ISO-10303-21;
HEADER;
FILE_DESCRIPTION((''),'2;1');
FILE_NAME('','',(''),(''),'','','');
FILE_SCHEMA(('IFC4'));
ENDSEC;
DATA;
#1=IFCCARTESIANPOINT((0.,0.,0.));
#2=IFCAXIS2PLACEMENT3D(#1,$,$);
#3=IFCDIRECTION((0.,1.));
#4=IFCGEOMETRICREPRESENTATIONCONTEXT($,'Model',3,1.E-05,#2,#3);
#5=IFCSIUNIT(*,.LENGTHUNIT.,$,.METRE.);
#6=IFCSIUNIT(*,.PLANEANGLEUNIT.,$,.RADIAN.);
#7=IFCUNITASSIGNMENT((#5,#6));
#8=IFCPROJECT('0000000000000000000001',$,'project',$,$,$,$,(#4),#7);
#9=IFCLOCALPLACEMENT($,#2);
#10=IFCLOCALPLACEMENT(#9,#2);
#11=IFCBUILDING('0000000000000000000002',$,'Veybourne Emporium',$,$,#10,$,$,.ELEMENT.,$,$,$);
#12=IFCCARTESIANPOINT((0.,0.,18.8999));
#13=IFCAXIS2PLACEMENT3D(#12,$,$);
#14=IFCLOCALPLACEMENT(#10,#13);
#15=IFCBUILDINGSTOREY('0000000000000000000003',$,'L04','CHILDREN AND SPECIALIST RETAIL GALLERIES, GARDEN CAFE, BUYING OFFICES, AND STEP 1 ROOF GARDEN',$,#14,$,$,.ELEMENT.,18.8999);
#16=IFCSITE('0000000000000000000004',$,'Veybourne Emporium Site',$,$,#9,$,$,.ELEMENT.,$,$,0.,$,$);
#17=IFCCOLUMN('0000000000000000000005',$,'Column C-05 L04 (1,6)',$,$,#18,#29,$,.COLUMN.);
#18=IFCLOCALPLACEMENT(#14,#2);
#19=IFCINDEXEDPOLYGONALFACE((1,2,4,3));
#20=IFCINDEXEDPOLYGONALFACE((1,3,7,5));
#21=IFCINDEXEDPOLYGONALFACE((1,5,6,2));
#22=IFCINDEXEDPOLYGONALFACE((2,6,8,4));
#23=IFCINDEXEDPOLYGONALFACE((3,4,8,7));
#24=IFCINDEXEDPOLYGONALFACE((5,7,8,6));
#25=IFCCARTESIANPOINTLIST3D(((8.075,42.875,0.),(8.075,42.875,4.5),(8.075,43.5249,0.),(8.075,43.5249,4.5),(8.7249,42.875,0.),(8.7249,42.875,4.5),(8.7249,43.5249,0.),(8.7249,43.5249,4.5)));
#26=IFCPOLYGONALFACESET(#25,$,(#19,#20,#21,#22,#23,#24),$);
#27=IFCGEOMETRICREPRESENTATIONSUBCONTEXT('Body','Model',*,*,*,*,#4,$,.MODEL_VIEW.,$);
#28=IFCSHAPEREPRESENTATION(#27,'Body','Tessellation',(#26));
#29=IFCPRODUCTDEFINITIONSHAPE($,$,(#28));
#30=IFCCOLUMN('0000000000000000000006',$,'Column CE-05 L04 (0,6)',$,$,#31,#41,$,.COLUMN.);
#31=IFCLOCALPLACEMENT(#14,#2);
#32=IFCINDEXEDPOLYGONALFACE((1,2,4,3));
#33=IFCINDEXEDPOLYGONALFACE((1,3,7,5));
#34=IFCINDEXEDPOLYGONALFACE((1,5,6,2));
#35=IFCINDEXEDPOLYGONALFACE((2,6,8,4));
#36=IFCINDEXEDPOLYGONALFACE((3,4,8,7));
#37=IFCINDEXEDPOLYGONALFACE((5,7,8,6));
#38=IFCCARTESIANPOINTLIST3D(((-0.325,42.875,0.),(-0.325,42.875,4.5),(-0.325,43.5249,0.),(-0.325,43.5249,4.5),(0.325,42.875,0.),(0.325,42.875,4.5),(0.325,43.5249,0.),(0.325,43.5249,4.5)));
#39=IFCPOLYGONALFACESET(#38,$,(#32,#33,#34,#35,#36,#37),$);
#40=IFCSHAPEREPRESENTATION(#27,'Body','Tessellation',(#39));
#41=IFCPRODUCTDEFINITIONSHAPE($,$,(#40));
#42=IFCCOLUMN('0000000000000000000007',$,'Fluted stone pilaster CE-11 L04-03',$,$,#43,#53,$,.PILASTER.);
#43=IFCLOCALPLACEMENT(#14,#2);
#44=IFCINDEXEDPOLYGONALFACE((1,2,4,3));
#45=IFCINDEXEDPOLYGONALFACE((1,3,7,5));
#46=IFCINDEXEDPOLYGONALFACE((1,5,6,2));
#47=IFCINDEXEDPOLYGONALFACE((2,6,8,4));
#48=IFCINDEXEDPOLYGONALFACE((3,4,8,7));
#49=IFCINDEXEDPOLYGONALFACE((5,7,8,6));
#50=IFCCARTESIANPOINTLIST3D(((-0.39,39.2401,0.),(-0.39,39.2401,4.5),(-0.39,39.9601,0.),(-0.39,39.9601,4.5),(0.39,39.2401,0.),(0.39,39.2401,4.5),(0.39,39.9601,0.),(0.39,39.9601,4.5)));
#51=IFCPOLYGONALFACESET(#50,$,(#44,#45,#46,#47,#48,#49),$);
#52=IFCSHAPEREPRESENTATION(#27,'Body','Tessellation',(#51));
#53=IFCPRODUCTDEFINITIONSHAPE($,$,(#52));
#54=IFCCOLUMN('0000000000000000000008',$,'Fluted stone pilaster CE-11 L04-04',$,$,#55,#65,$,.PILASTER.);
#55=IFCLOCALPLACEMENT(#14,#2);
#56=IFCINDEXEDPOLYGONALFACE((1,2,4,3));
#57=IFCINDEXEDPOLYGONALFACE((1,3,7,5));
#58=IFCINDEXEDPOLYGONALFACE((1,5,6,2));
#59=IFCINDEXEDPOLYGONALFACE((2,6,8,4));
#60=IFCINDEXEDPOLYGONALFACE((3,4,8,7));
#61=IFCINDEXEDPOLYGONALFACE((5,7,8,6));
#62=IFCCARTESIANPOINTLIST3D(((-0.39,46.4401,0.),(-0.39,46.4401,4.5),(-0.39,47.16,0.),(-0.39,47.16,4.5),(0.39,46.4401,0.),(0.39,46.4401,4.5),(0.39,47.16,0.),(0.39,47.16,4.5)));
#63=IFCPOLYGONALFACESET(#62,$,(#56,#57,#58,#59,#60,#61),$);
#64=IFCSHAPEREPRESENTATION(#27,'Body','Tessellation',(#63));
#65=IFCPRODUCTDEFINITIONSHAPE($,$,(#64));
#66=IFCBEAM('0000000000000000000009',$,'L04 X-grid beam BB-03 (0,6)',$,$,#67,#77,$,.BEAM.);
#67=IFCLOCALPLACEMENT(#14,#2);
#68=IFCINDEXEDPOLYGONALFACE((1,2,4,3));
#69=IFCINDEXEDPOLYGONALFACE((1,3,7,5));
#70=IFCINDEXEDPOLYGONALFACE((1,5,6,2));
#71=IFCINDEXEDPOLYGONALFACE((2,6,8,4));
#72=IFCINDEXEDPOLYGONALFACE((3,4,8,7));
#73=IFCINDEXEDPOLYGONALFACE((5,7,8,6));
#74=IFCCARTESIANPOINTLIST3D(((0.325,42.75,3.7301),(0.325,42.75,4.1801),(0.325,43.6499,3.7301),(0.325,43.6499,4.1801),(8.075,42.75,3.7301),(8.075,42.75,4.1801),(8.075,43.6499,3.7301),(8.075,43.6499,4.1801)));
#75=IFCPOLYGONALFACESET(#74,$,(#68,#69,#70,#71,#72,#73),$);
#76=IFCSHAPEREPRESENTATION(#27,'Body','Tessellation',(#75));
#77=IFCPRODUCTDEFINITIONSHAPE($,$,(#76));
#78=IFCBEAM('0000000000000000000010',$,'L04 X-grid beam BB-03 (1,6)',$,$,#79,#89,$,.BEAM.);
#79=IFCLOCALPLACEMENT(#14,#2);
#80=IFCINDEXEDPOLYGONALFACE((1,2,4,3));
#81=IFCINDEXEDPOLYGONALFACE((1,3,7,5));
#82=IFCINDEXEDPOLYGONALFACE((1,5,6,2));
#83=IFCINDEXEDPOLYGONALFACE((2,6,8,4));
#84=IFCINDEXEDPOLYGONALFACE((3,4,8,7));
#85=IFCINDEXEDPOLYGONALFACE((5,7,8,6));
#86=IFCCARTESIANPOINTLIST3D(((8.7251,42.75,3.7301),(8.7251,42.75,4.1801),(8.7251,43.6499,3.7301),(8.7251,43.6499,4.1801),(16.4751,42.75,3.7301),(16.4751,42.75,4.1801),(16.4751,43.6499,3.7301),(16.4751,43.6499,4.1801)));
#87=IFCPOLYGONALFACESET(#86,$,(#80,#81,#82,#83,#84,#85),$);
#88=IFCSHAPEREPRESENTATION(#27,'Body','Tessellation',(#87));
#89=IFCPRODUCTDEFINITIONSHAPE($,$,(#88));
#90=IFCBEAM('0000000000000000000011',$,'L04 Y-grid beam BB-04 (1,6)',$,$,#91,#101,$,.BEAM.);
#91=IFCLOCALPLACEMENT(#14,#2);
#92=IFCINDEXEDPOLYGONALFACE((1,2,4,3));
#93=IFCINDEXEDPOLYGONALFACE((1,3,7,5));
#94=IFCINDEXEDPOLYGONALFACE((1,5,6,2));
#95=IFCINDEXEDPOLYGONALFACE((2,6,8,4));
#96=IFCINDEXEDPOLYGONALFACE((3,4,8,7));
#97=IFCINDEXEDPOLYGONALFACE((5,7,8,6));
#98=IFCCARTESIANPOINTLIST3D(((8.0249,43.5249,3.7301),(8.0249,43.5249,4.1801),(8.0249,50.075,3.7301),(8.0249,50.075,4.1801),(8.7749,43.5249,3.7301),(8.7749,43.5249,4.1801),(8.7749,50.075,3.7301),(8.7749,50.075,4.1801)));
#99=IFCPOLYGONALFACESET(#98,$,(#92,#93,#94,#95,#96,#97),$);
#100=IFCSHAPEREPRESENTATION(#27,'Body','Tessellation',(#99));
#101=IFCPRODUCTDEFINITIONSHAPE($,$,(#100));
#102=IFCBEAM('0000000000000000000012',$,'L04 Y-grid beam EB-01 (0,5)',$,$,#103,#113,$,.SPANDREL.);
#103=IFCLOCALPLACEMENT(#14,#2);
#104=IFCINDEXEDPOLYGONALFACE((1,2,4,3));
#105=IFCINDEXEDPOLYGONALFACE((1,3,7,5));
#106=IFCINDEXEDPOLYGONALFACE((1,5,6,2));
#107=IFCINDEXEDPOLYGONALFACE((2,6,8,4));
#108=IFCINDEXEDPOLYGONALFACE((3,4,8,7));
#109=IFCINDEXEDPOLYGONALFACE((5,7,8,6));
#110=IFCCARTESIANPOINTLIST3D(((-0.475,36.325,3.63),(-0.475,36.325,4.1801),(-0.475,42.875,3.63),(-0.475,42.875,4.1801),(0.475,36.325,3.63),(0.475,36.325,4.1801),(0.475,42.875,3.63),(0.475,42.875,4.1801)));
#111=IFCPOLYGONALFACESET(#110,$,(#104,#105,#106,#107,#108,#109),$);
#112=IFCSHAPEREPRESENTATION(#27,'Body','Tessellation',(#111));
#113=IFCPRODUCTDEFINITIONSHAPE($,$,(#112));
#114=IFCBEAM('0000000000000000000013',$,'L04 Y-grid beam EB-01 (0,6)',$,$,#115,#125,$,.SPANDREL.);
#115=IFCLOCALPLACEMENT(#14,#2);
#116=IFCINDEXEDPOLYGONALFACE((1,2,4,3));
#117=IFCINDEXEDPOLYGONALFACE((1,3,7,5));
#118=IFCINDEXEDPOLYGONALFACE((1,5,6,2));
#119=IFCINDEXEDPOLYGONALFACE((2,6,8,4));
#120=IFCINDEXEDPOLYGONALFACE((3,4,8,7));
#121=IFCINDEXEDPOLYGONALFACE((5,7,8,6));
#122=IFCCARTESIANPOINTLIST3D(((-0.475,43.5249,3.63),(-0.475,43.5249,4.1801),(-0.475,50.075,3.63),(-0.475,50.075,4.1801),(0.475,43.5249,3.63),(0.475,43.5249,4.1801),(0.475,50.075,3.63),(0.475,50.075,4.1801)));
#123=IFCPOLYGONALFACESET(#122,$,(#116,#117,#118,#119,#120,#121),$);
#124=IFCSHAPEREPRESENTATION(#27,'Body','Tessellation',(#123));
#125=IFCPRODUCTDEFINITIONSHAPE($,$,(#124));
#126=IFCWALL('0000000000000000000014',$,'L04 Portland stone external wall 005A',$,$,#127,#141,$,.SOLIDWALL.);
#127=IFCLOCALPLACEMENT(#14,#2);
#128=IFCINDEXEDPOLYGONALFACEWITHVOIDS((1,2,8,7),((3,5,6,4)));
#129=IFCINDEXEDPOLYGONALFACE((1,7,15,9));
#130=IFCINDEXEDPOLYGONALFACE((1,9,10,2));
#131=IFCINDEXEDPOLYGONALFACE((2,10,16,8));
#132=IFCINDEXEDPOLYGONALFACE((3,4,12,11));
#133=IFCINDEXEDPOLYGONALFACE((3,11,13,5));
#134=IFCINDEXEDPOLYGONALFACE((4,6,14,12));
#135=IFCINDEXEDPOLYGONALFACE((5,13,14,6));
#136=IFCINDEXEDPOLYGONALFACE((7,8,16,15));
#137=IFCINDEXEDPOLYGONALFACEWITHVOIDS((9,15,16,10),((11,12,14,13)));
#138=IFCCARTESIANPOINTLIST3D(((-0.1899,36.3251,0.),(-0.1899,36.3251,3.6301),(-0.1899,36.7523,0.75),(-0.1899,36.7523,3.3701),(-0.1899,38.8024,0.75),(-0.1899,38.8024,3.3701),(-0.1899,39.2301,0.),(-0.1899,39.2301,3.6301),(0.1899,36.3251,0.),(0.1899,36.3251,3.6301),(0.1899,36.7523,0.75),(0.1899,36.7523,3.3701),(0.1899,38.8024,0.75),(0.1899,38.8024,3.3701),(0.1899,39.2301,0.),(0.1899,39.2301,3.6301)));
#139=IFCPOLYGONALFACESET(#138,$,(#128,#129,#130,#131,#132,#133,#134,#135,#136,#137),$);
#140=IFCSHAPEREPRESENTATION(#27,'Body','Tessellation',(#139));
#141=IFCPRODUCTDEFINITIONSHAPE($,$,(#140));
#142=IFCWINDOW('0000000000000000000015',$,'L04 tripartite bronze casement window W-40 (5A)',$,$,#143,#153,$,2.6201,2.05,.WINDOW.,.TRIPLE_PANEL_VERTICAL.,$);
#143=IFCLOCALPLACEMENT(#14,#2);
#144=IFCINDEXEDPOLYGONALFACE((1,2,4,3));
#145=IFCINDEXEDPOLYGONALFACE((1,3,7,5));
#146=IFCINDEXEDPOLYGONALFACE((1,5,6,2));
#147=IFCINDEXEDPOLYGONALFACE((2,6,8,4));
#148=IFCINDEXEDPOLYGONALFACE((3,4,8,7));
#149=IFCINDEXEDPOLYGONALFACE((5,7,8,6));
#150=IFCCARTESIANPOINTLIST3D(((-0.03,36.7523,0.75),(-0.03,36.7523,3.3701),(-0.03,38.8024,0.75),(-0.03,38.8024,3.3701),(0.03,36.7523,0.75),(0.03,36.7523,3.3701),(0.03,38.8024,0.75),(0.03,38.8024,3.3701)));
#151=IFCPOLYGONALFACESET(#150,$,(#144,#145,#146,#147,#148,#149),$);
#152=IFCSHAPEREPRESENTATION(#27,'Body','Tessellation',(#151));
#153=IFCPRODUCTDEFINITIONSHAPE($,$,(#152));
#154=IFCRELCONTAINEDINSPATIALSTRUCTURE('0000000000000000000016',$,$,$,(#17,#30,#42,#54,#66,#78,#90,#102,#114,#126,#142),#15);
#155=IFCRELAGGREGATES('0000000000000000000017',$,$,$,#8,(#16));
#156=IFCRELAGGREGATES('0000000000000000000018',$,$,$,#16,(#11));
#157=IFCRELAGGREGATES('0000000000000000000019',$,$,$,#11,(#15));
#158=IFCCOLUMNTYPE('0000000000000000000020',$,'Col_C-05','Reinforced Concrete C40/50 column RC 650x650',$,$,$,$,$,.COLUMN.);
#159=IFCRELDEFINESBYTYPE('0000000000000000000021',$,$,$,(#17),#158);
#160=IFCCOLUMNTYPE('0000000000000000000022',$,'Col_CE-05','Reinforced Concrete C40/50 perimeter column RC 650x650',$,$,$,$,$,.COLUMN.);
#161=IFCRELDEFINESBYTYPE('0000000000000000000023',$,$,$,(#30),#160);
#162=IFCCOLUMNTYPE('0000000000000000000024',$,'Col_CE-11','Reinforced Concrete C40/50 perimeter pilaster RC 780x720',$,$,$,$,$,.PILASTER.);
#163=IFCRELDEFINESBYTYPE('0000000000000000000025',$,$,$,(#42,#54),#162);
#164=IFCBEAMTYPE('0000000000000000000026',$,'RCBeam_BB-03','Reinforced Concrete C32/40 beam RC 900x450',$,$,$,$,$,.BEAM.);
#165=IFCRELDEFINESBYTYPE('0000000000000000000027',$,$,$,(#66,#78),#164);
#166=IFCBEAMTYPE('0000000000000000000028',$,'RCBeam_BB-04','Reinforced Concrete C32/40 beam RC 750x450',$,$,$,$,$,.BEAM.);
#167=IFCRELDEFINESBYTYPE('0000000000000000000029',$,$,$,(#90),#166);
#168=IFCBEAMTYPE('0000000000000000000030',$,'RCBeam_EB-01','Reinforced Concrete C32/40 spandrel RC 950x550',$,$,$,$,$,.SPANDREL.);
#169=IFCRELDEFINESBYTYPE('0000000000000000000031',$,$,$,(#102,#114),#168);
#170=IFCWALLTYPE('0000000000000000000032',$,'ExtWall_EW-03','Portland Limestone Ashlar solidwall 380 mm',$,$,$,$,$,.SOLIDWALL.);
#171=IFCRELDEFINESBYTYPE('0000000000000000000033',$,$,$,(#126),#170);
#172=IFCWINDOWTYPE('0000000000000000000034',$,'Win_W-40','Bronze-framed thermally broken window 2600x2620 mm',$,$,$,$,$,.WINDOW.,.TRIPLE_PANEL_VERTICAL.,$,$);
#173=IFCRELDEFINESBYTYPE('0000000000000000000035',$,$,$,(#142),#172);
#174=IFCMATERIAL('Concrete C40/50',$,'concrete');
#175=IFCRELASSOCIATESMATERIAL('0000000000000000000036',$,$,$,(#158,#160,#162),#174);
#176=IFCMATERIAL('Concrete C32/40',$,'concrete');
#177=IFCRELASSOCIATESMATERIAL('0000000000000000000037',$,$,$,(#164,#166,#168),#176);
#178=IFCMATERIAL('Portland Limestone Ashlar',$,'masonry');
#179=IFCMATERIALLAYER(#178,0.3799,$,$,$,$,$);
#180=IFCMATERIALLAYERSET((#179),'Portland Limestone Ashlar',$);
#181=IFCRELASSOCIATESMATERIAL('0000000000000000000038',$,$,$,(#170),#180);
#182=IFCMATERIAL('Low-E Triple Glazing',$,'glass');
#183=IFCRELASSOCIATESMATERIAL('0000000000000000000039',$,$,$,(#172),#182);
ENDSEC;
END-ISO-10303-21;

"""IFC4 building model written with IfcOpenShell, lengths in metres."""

from ifc_helpers import new_model, si_unit, direction, frame, frame_2d, origin, origin_2d, place, context, subcontext, project, spatial, rectangle, extrude, material, layer, layer_set, material_profile, profile_set, type_object, element, fill, save


model = new_model("IFC4")

# Units and contexts
model_context = context("Model", 3, precision=1e-05, world=origin(), true_north=direction((0.0, 1.0)))
body_context = subcontext(model_context, "Body", "Model", "MODEL_VIEW")
ifc_project = project(units=[si_unit("LENGTHUNIT", "METRE"), si_unit("PLANEANGLEUNIT", "RADIAN")], contexts=[model_context])

# Site, building, storey
site_placement = place(None, origin())
site = spatial("IfcSite", under=ifc_project, at=site_placement, Name="Veybourne Emporium Site", CompositionType="ELEMENT", RefElevation=0.0)
building_placement = place(site_placement, origin())
building = spatial("IfcBuilding", under=site, at=building_placement, Name="Veybourne Emporium", CompositionType="ELEMENT")
storey_placement = place(building_placement, frame((0.0, 0.0, 18.8999)))
storey = spatial("IfcBuildingStorey", under=building, at=storey_placement, Name="L04", Description="CHILDREN AND SPECIALIST RETAIL GALLERIES, GARDEN CAFE, BUYING OFFICES, AND STEP 1 ROOF GARDEN", CompositionType="ELEMENT", Elevation=18.8999)

# Columns
ifc_material_1 = material(Name="Concrete C40/50", Category="concrete")
ifc_material_profile_1 = material_profile(ifc_material_1, rectangle(XDim=0.6499, YDim=0.6499, at=origin_2d()), Name="RC 650x650")
ifc_profile_set_1 = profile_set([ifc_material_profile_1], Name="Concrete C40/50")
column_type_1 = type_object("IfcColumnType", Name="Col_C-05", Description="Reinforced Concrete C40/50 column RC 650x650", PredefinedType="COLUMN", material=ifc_profile_set_1)
column_1_placement = place(storey_placement, frame((8.3999, 43.2, 0.0), z_axis=(0.0, 0.0, 1.0), x_axis=(1.0, 0.0, 0.0)))
element("IfcColumn", 1, at=column_1_placement, inside=storey, type_object=column_type_1, Name="Column C-05 L04 (1,6)", PredefinedType="COLUMN", context=body_context, shape_type="SweptSolid", body=[
    extrude(rectangle(XDim=0.6499, YDim=0.6499, at=origin_2d()), origin(), (0.0, 0.0, 1.0), 4.5),
])
ifc_material_profile_2 = material_profile(ifc_material_1, rectangle(XDim=0.6499, YDim=0.6499, at=origin_2d()), Name="RC 650x650")
ifc_profile_set_2 = profile_set([ifc_material_profile_2], Name="Concrete C40/50")
column_type_2 = type_object("IfcColumnType", Name="Col_CE-05", Description="Reinforced Concrete C40/50 perimeter column RC 650x650", PredefinedType="COLUMN", material=ifc_profile_set_2)
column_2_placement = place(storey_placement, frame((0.0, 43.2, 0.0), z_axis=(0.0, 0.0, 1.0), x_axis=(1.0, 0.0, 0.0)))
element("IfcColumn", 2, at=column_2_placement, inside=storey, type_object=column_type_2, Name="Column CE-05 L04 (0,6)", PredefinedType="COLUMN", context=body_context, shape_type="SweptSolid", body=[
    extrude(rectangle(XDim=0.6499, YDim=0.6499, at=origin_2d()), origin(), (0.0, 0.0, 1.0), 4.5),
])
ifc_material_profile_3 = material_profile(ifc_material_1, rectangle(XDim=0.78, YDim=0.72, at=origin_2d()), Name="RC 780x720")
ifc_profile_set_3 = profile_set([ifc_material_profile_3], Name="Concrete C40/50")
column_type_3 = type_object("IfcColumnType", Name="Col_CE-11", Description="Reinforced Concrete C40/50 perimeter pilaster RC 780x720", PredefinedType="PILASTER", material=ifc_profile_set_3)
for number, where, z_axis, x_axis, name in (
    (3, (0.0, 39.6001, 0.0), (0.0, 0.0, 1.0), (1.0, 0.0, 0.0), "Fluted stone pilaster CE-11 L04-03"),
    (4, (0.0, 46.8, 0.0), (0.0, 0.0, 1.0), (1.0, 0.0, 0.0), "Fluted stone pilaster CE-11 L04-04"),
):
    element("IfcColumn", number, at=place(storey_placement, frame(where, z_axis=z_axis, x_axis=x_axis)), inside=storey, type_object=column_type_3, Name=name, PredefinedType="PILASTER", context=body_context, shape_type="SweptSolid", body=[
        extrude(rectangle(XDim=0.78, YDim=0.72, at=origin_2d()), origin(), (0.0, 0.0, 1.0), 4.5),
    ])

# Beams
ifc_material_2 = material(Name="Concrete C32/40", Category="concrete")
ifc_material_profile_4 = material_profile(ifc_material_2, rectangle(XDim=0.8999, YDim=0.45, at=origin_2d()), Name="RC 900x450")
ifc_profile_set_4 = profile_set([ifc_material_profile_4], Name="Concrete C32/40")
beam_type_1 = type_object("IfcBeamType", Name="RCBeam_BB-03", Description="Reinforced Concrete C32/40 beam RC 900x450", PredefinedType="BEAM", material=ifc_profile_set_4)
for number, where, z_axis, x_axis, name in (
    (5, (0.325, 43.2, 3.9551), (1.0, 0.0, 0.0), (0.0, 1.0, 0.0), "L04 X-grid beam BB-03 (0,6)"),
    (6, (8.7251, 43.2, 3.9551), (1.0, 0.0, 0.0), (0.0, 1.0, 0.0), "L04 X-grid beam BB-03 (1,6)"),
):
    element("IfcBeam", number, at=place(storey_placement, frame(where, z_axis=z_axis, x_axis=x_axis)), inside=storey, type_object=beam_type_1, Name=name, PredefinedType="BEAM", context=body_context, shape_type="SweptSolid", body=[
        extrude(rectangle(XDim=0.8999, YDim=0.45, at=origin_2d()), origin(), (0.0, 0.0, 1.0), 7.75),
    ])
ifc_material_profile_5 = material_profile(ifc_material_2, rectangle(XDim=0.75, YDim=0.45, at=origin_2d()), Name="RC 750x450")
ifc_profile_set_5 = profile_set([ifc_material_profile_5], Name="Concrete C32/40")
beam_type_2 = type_object("IfcBeamType", Name="RCBeam_BB-04", Description="Reinforced Concrete C32/40 beam RC 750x450", PredefinedType="BEAM", material=ifc_profile_set_5)
beam_placement = place(storey_placement, frame((8.3999, 43.5249, 3.9551), z_axis=(0.0, 1.0, 0.0), x_axis=(-1.0, 0.0, 0.0)))
element("IfcBeam", 7, at=beam_placement, inside=storey, type_object=beam_type_2, Name="L04 Y-grid beam BB-04 (1,6)", PredefinedType="BEAM", context=body_context, shape_type="SweptSolid", body=[
    extrude(rectangle(XDim=0.75, YDim=0.45, at=origin_2d()), origin(), (0.0, 0.0, 1.0), 6.55),
])
ifc_material_profile_6 = material_profile(ifc_material_2, rectangle(XDim=0.95, YDim=0.55, at=origin_2d()), Name="RC 950x550")
ifc_profile_set_6 = profile_set([ifc_material_profile_6], Name="Concrete C32/40")
beam_type_3 = type_object("IfcBeamType", Name="RCBeam_EB-01", Description="Reinforced Concrete C32/40 spandrel RC 950x550", PredefinedType="SPANDREL", material=ifc_profile_set_6)
for number, where, z_axis, x_axis, name in (
    (8, (0.0, 36.325, 3.905), (0.0, 1.0, 0.0), (-1.0, 0.0, 0.0), "L04 Y-grid beam EB-01 (0,5)"),
    (9, (0.0, 43.5249, 3.905), (0.0, 1.0, 0.0), (-1.0, 0.0, 0.0), "L04 Y-grid beam EB-01 (0,6)"),
):
    element("IfcBeam", number, at=place(storey_placement, frame(where, z_axis=z_axis, x_axis=x_axis)), inside=storey, type_object=beam_type_3, Name=name, PredefinedType="SPANDREL", context=body_context, shape_type="SweptSolid", body=[
        extrude(rectangle(XDim=0.95, YDim=0.55, at=origin_2d()), origin(), (0.0, 0.0, 1.0), 6.55),
    ])

# Wall, opening, window
ifc_material_3 = material(Name="Portland Limestone Ashlar", Category="masonry")
ifc_layer_1 = layer(ifc_material_3, 0.3799)
ifc_layer_set_1 = layer_set([ifc_layer_1], Name="Portland Limestone Ashlar")
wall_type_1 = type_object("IfcWallType", Name="ExtWall_EW-03", Description="Portland Limestone Ashlar solidwall 380 mm", PredefinedType="SOLIDWALL", material=ifc_layer_set_1)
wall_1_placement = place(storey_placement, frame((0.0, 36.325, 0.0), z_axis=(0.0, 0.0, 1.0), x_axis=(0.0, 1.0, 0.0)))
wall_1 = element("IfcWall", 10, at=wall_1_placement, inside=storey, type_object=wall_type_1, Name="L04 Portland stone external wall 005A", PredefinedType="SOLIDWALL", context=body_context, shape_type="SweptSolid", body=[
    extrude(rectangle(XDim=2.905, YDim=0.3799, at=frame_2d((1.4526, 0.0))), origin(), (0.0, 0.0, 1.0), 3.6301),
])
opening_1_placement = place(wall_1_placement, frame((0.4275, 0.0, 0.75)))
opening_1 = element("IfcOpeningElement", 11, at=opening_1_placement, cuts=wall_1, PredefinedType="OPENING", context=body_context, shape_type="SweptSolid", body=[
    extrude(rectangle(XDim=2.05, YDim=2.6201, at=frame_2d((1.0249, 1.3101))), frame((0.0, 0.21, 0.0), z_axis=(0.0, -1.0, 0.0), x_axis=(1.0, 0.0, 0.0)), (0.0, 0.0, 1.0), 0.4199),
])
ifc_material_4 = material(Name="Low-E Triple Glazing", Category="glass")
window_type_1 = type_object("IfcWindowType", Name="Win_W-40", Description="Bronze-framed thermally broken window 2600x2620 mm", PartitioningType="TRIPLE_PANEL_VERTICAL", PredefinedType="WINDOW", material=ifc_material_4)
window_1_placement = place(opening_1_placement, origin())
window_1 = element("IfcWindow", 12, at=window_1_placement, inside=storey, type_object=window_type_1, Name="L04 tripartite bronze casement window W-40 (5A)", OverallHeight=2.6201, OverallWidth=2.05, PartitioningType="TRIPLE_PANEL_VERTICAL", PredefinedType="WINDOW", context=body_context, shape_type="SweptSolid", body=[
    extrude(rectangle(XDim=2.05, YDim=2.6201, at=frame_2d((1.0249, 1.3101))), frame((0.0, 0.03, 0.0), z_axis=(0.0, -1.0, 0.0), x_axis=(1.0, 0.0, 0.0)), (0.0, 0.0, 1.0), 0.0601),
])
fill(opening_1, window_1)

save(model, "model.ifc")
